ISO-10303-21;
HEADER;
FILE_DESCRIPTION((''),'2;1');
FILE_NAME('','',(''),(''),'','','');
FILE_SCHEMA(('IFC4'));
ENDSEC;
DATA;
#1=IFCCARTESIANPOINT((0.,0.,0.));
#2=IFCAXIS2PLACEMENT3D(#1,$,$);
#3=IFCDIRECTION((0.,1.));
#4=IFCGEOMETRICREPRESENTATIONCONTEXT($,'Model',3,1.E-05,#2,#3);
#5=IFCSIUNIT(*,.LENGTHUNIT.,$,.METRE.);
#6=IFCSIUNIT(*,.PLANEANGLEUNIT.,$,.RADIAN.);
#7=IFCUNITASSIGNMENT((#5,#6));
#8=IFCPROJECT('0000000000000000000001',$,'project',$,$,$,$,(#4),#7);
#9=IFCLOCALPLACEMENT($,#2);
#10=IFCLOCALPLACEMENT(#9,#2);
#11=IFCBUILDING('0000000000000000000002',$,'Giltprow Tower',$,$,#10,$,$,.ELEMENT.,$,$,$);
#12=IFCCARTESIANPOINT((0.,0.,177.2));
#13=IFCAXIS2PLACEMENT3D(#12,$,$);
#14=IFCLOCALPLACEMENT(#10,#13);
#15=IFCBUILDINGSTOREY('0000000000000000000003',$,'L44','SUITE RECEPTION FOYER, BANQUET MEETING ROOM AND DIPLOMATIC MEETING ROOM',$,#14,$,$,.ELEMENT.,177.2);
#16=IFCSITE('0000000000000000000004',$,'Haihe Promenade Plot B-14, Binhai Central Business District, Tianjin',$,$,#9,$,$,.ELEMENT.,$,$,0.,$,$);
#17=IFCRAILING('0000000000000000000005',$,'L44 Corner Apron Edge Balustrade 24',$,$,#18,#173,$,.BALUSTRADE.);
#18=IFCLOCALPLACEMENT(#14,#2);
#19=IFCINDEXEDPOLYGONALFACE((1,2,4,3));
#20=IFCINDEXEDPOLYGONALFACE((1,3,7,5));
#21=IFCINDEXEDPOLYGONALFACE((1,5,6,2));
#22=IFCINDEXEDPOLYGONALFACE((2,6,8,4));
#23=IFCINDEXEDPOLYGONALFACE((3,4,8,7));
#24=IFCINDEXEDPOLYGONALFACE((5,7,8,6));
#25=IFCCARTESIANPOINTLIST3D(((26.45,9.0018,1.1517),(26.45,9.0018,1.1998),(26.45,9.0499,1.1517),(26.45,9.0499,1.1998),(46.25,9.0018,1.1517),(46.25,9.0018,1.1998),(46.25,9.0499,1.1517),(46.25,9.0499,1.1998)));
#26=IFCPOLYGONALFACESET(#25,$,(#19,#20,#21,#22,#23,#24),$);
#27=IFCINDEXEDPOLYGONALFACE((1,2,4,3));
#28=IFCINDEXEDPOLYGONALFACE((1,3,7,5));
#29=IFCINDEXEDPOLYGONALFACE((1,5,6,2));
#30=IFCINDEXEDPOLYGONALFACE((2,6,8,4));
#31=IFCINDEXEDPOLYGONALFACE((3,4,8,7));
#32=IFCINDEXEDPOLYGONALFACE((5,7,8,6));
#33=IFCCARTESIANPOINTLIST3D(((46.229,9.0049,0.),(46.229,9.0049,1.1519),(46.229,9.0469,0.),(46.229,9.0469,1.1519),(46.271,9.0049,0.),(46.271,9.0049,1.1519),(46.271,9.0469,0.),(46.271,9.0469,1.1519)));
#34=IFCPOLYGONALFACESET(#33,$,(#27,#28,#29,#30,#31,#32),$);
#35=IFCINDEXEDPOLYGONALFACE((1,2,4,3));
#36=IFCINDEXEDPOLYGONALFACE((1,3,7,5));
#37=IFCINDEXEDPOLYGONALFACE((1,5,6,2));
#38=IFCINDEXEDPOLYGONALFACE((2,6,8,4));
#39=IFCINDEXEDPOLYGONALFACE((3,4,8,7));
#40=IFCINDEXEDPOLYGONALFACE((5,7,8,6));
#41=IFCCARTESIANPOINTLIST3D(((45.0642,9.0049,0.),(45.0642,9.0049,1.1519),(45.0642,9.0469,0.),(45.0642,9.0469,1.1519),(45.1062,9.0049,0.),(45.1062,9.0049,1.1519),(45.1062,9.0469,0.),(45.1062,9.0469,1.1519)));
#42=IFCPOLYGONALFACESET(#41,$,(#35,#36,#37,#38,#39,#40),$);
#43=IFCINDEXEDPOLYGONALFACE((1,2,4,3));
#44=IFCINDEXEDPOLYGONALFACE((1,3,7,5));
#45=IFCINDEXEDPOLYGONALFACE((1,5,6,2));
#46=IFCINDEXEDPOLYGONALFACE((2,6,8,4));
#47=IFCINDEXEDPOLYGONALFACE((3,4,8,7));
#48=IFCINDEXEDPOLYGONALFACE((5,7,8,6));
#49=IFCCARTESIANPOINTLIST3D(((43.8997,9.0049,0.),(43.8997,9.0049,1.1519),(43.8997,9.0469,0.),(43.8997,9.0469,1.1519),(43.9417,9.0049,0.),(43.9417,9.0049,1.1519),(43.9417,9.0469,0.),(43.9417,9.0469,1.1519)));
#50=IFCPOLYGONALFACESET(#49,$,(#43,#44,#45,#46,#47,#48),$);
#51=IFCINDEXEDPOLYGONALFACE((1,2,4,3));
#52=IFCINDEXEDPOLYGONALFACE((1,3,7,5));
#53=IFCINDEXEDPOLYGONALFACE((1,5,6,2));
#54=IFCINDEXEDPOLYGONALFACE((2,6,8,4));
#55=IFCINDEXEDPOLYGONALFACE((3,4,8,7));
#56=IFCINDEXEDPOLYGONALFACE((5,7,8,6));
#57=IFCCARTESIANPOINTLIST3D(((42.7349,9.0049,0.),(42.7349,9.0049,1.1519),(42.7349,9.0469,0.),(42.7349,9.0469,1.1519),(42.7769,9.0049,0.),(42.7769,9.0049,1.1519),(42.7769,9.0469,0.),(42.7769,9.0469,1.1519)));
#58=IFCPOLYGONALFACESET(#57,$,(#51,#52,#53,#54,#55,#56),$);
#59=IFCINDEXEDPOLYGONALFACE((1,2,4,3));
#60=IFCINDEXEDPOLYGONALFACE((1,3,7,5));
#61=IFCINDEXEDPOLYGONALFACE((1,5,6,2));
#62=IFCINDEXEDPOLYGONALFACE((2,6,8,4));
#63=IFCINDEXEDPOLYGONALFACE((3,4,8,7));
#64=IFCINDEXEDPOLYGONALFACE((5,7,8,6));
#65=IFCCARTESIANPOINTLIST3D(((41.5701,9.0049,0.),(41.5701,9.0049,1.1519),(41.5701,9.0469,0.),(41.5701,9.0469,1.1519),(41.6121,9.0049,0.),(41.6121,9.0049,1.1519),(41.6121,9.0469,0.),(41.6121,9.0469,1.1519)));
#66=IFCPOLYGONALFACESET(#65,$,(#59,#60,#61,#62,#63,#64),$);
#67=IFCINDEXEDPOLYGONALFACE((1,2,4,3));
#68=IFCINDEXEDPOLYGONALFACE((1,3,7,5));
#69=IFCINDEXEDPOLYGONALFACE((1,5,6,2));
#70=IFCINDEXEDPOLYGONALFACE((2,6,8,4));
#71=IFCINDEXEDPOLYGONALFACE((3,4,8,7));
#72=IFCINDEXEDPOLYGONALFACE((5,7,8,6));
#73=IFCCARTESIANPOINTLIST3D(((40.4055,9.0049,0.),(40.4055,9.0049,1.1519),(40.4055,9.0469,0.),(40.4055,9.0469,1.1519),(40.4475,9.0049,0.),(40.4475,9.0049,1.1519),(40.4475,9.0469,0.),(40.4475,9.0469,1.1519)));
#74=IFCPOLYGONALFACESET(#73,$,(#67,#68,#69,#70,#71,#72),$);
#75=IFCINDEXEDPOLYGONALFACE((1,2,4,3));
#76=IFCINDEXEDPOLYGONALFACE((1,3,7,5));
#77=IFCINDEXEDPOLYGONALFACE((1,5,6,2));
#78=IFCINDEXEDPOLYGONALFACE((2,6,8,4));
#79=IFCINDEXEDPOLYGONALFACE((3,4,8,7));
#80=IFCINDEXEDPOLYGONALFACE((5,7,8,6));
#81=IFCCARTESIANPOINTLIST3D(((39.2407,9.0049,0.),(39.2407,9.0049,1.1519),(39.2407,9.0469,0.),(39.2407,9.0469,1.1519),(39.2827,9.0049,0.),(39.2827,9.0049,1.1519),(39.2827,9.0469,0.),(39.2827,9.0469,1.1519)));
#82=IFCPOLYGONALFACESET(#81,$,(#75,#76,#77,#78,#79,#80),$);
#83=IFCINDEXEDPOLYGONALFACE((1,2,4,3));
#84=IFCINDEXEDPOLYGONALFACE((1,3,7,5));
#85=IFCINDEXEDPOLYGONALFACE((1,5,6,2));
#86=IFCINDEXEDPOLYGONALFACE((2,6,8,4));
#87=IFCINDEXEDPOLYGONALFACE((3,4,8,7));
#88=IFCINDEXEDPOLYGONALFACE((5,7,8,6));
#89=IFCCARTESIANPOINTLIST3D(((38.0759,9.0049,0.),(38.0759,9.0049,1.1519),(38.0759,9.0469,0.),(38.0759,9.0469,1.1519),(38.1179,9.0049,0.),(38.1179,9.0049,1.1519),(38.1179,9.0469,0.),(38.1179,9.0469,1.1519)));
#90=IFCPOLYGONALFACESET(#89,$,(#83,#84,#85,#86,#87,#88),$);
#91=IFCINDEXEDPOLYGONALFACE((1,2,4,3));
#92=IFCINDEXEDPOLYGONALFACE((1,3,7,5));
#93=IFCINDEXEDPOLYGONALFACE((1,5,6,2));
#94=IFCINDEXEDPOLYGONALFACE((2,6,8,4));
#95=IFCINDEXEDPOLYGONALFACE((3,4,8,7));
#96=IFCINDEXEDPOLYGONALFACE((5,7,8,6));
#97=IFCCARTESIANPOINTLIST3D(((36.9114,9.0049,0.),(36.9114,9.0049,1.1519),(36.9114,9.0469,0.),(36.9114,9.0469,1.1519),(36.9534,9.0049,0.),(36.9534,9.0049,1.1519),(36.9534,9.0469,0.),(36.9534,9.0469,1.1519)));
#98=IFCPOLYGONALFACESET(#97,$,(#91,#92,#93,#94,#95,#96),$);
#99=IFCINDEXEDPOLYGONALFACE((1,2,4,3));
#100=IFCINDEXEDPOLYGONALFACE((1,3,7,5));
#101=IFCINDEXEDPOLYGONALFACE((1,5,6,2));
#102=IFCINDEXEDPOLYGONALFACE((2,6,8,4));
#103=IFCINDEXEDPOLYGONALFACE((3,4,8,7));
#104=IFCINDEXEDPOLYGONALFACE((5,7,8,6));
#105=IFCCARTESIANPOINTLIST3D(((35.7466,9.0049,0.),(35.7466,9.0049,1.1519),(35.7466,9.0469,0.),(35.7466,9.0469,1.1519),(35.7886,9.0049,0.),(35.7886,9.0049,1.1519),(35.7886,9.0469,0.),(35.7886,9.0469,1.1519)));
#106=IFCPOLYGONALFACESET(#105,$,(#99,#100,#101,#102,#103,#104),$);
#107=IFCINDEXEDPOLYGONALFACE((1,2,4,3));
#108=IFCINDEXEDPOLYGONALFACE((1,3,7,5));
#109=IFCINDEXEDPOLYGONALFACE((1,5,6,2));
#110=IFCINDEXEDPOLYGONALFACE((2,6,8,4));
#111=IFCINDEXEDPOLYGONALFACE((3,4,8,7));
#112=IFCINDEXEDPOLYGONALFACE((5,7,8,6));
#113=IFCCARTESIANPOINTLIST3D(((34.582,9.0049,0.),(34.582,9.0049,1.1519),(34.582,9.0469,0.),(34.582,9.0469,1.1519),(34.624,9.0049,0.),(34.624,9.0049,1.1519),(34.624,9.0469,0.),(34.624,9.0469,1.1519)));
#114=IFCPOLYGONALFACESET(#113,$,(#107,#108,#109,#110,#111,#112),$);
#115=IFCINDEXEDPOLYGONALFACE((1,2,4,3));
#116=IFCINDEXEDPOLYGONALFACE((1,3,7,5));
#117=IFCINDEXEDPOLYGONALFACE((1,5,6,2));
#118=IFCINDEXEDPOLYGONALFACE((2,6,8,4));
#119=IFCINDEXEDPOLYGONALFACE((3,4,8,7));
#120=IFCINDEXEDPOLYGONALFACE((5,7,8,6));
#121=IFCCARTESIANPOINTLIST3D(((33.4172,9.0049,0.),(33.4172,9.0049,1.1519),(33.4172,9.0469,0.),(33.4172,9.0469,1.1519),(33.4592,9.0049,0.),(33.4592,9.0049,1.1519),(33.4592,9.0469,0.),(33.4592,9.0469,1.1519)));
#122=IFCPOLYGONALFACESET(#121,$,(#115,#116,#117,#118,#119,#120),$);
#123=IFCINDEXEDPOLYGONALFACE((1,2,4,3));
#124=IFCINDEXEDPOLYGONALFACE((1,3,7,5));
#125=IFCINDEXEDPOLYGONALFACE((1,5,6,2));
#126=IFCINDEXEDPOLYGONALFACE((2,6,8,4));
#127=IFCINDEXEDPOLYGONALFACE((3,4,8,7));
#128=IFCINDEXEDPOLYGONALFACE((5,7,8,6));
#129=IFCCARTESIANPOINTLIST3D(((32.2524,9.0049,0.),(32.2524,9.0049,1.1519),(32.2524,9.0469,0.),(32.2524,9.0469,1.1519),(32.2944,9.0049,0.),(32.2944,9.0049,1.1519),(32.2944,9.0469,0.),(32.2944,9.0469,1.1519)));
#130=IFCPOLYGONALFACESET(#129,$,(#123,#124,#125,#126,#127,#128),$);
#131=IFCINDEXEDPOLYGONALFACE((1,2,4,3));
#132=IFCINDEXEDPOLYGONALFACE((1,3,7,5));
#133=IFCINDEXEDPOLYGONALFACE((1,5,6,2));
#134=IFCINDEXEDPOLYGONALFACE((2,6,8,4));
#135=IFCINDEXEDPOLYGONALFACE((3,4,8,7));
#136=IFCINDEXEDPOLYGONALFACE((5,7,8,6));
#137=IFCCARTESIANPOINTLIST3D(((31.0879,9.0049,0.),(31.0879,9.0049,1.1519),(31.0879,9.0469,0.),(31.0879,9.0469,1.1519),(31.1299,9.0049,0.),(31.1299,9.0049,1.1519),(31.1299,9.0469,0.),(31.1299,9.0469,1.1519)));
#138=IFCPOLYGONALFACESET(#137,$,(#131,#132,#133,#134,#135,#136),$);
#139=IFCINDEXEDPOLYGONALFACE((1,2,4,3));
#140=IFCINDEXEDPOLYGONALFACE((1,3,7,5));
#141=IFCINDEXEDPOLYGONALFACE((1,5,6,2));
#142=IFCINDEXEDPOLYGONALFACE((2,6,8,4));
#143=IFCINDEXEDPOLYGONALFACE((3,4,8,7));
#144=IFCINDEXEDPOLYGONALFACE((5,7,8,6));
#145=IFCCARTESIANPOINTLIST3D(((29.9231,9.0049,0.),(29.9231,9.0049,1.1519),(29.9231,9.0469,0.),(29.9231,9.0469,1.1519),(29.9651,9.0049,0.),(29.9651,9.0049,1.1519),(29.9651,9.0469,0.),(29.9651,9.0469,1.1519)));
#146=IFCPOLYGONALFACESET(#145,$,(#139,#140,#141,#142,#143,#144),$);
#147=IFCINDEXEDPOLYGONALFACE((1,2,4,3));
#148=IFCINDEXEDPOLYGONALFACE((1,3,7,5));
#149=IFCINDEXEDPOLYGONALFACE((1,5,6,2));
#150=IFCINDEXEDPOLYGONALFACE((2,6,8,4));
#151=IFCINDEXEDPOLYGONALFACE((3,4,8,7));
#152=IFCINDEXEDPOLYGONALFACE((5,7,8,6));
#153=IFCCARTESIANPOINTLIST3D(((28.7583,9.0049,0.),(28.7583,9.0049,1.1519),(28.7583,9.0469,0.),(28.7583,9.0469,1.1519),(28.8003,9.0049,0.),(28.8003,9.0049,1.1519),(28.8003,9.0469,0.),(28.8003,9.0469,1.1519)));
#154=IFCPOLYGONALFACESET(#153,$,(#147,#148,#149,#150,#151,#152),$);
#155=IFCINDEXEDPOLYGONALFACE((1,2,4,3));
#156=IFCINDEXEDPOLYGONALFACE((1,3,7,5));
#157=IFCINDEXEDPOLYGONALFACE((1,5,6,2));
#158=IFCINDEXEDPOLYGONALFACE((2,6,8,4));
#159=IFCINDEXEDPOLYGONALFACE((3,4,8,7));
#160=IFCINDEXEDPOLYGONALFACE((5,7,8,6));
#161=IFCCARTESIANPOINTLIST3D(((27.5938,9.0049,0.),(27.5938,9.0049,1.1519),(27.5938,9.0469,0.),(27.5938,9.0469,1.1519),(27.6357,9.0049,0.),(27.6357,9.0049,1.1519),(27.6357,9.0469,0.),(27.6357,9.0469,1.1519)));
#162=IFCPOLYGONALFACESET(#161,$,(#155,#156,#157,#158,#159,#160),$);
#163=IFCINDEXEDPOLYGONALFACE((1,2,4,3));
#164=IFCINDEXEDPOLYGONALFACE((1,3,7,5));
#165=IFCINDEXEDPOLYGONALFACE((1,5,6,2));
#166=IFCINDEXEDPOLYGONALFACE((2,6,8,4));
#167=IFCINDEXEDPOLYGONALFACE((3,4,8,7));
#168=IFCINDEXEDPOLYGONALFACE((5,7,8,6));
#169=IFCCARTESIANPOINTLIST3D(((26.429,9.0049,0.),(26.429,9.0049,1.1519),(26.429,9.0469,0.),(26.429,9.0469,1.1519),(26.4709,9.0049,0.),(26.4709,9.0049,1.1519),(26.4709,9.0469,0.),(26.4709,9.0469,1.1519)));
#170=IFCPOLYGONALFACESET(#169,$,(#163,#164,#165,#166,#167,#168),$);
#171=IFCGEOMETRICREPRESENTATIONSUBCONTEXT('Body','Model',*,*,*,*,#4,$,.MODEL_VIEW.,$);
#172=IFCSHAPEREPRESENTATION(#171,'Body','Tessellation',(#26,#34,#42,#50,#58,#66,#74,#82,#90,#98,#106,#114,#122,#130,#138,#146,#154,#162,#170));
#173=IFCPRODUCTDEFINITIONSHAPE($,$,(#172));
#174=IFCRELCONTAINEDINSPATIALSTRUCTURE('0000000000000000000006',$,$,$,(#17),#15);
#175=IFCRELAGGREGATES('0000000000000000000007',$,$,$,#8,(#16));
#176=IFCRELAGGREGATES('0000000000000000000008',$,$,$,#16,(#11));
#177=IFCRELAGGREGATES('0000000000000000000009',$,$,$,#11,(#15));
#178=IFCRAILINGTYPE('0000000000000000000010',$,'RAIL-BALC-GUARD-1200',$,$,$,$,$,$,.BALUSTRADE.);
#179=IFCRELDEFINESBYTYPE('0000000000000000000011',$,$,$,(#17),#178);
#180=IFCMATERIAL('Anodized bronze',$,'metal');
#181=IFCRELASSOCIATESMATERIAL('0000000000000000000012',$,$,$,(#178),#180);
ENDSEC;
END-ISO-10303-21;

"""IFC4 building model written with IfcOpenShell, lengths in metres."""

from ifc_helpers import new_model, si_unit, direction, frame, origin, origin_2d, place, context, subcontext, project, spatial, rectangle, extrude, material, type_object, element, save


model = new_model("IFC4")

# Units and contexts
model_context = context("Model", 3, precision=1e-05, world=origin(), true_north=direction((0.0, 1.0)))
body_context = subcontext(model_context, "Body", "Model", "MODEL_VIEW")
ifc_project = project(units=[si_unit("LENGTHUNIT", "METRE"), si_unit("PLANEANGLEUNIT", "RADIAN")], contexts=[model_context])

# Site, building, storey
site_placement = place(None, origin())
site = spatial("IfcSite", under=ifc_project, at=site_placement, Name="Haihe Promenade Plot B-14, Binhai Central Business District, Tianjin", CompositionType="ELEMENT", RefElevation=0.0)
building_placement = place(site_placement, origin())
building = spatial("IfcBuilding", under=site, at=building_placement, Name="Giltprow Tower", CompositionType="ELEMENT")
storey_placement = place(building_placement, frame((0.0, 0.0, 177.2)))
storey = spatial("IfcBuildingStorey", under=building, at=storey_placement, Name="L44", Description="SUITE RECEPTION FOYER, BANQUET MEETING ROOM AND DIPLOMATIC MEETING ROOM", CompositionType="ELEMENT", Elevation=177.2)

# Shared definitions
ifc_material_1 = material(Name="Anodized bronze", Category="metal")

# Railing
railing_type = type_object("IfcRailingType", Name="RAIL-BALC-GUARD-1200", PredefinedType="BALUSTRADE", material=ifc_material_1)
railing_1_placement = place(storey_placement, frame((46.25, 9.0259, 0.0)))
element("IfcRailing", 1, at=railing_1_placement, inside=storey, type_object=railing_type, Name="L44 Corner Apron Edge Balustrade 24", PredefinedType="BALUSTRADE", context=body_context, shape_type="SweptSolid", body=[
    extrude(rectangle(XDim=0.0481, YDim=0.0481, at=origin_2d()), frame((0.0, 0.0, 1.1758), z_axis=(-1.0, 0.0, 0.0), x_axis=(0.0, -1.0, 0.0)), (0.0, 0.0, 1.0), 19.8),
    extrude(rectangle(XDim=0.042, YDim=0.042, at=origin_2d()), origin(), (0.0, 0.0, 1.0), 1.1519),
    extrude(rectangle(XDim=0.042, YDim=0.042, at=origin_2d()), frame((-1.1648, 0.0, 0.0)), (0.0, 0.0, 1.0), 1.1519),
    extrude(rectangle(XDim=0.042, YDim=0.042, at=origin_2d()), frame((-2.3293, 0.0, 0.0)), (0.0, 0.0, 1.0), 1.1519),
    extrude(rectangle(XDim=0.042, YDim=0.042, at=origin_2d()), frame((-3.4941, 0.0, 0.0)), (0.0, 0.0, 1.0), 1.1519),
    extrude(rectangle(XDim=0.042, YDim=0.042, at=origin_2d()), frame((-4.6589, 0.0, 0.0)), (0.0, 0.0, 1.0), 1.1519),
    extrude(rectangle(XDim=0.042, YDim=0.042, at=origin_2d()), frame((-5.8235, 0.0, 0.0)), (0.0, 0.0, 1.0), 1.1519),
    extrude(rectangle(XDim=0.042, YDim=0.042, at=origin_2d()), frame((-6.9883, 0.0, 0.0)), (0.0, 0.0, 1.0), 1.1519),
    extrude(rectangle(XDim=0.042, YDim=0.042, at=origin_2d()), frame((-8.1531, 0.0, 0.0)), (0.0, 0.0, 1.0), 1.1519),
    extrude(rectangle(XDim=0.042, YDim=0.042, at=origin_2d()), frame((-9.3176, 0.0, 0.0)), (0.0, 0.0, 1.0), 1.1519),
    extrude(rectangle(XDim=0.042, YDim=0.042, at=origin_2d()), frame((-10.4824, 0.0, 0.0)), (0.0, 0.0, 1.0), 1.1519),
    extrude(rectangle(XDim=0.042, YDim=0.042, at=origin_2d()), frame((-11.647, 0.0, 0.0)), (0.0, 0.0, 1.0), 1.1519),
    extrude(rectangle(XDim=0.042, YDim=0.042, at=origin_2d()), frame((-12.8118, 0.0, 0.0)), (0.0, 0.0, 1.0), 1.1519),
    extrude(rectangle(XDim=0.042, YDim=0.042, at=origin_2d()), frame((-13.9766, 0.0, 0.0)), (0.0, 0.0, 1.0), 1.1519),
    extrude(rectangle(XDim=0.042, YDim=0.042, at=origin_2d()), frame((-15.1411, 0.0, 0.0)), (0.0, 0.0, 1.0), 1.1519),
    extrude(rectangle(XDim=0.042, YDim=0.042, at=origin_2d()), frame((-16.3059, 0.0, 0.0)), (0.0, 0.0, 1.0), 1.1519),
    extrude(rectangle(XDim=0.042, YDim=0.042, at=origin_2d()), frame((-17.4707, 0.0, 0.0)), (0.0, 0.0, 1.0), 1.1519),
    extrude(rectangle(XDim=0.042, YDim=0.042, at=origin_2d()), frame((-18.6353, 0.0, 0.0)), (0.0, 0.0, 1.0), 1.1519),
    extrude(rectangle(XDim=0.042, YDim=0.042, at=origin_2d()), frame((-19.8, 0.0, 0.0)), (0.0, 0.0, 1.0), 1.1519),
])

save(model, "model.ifc")
